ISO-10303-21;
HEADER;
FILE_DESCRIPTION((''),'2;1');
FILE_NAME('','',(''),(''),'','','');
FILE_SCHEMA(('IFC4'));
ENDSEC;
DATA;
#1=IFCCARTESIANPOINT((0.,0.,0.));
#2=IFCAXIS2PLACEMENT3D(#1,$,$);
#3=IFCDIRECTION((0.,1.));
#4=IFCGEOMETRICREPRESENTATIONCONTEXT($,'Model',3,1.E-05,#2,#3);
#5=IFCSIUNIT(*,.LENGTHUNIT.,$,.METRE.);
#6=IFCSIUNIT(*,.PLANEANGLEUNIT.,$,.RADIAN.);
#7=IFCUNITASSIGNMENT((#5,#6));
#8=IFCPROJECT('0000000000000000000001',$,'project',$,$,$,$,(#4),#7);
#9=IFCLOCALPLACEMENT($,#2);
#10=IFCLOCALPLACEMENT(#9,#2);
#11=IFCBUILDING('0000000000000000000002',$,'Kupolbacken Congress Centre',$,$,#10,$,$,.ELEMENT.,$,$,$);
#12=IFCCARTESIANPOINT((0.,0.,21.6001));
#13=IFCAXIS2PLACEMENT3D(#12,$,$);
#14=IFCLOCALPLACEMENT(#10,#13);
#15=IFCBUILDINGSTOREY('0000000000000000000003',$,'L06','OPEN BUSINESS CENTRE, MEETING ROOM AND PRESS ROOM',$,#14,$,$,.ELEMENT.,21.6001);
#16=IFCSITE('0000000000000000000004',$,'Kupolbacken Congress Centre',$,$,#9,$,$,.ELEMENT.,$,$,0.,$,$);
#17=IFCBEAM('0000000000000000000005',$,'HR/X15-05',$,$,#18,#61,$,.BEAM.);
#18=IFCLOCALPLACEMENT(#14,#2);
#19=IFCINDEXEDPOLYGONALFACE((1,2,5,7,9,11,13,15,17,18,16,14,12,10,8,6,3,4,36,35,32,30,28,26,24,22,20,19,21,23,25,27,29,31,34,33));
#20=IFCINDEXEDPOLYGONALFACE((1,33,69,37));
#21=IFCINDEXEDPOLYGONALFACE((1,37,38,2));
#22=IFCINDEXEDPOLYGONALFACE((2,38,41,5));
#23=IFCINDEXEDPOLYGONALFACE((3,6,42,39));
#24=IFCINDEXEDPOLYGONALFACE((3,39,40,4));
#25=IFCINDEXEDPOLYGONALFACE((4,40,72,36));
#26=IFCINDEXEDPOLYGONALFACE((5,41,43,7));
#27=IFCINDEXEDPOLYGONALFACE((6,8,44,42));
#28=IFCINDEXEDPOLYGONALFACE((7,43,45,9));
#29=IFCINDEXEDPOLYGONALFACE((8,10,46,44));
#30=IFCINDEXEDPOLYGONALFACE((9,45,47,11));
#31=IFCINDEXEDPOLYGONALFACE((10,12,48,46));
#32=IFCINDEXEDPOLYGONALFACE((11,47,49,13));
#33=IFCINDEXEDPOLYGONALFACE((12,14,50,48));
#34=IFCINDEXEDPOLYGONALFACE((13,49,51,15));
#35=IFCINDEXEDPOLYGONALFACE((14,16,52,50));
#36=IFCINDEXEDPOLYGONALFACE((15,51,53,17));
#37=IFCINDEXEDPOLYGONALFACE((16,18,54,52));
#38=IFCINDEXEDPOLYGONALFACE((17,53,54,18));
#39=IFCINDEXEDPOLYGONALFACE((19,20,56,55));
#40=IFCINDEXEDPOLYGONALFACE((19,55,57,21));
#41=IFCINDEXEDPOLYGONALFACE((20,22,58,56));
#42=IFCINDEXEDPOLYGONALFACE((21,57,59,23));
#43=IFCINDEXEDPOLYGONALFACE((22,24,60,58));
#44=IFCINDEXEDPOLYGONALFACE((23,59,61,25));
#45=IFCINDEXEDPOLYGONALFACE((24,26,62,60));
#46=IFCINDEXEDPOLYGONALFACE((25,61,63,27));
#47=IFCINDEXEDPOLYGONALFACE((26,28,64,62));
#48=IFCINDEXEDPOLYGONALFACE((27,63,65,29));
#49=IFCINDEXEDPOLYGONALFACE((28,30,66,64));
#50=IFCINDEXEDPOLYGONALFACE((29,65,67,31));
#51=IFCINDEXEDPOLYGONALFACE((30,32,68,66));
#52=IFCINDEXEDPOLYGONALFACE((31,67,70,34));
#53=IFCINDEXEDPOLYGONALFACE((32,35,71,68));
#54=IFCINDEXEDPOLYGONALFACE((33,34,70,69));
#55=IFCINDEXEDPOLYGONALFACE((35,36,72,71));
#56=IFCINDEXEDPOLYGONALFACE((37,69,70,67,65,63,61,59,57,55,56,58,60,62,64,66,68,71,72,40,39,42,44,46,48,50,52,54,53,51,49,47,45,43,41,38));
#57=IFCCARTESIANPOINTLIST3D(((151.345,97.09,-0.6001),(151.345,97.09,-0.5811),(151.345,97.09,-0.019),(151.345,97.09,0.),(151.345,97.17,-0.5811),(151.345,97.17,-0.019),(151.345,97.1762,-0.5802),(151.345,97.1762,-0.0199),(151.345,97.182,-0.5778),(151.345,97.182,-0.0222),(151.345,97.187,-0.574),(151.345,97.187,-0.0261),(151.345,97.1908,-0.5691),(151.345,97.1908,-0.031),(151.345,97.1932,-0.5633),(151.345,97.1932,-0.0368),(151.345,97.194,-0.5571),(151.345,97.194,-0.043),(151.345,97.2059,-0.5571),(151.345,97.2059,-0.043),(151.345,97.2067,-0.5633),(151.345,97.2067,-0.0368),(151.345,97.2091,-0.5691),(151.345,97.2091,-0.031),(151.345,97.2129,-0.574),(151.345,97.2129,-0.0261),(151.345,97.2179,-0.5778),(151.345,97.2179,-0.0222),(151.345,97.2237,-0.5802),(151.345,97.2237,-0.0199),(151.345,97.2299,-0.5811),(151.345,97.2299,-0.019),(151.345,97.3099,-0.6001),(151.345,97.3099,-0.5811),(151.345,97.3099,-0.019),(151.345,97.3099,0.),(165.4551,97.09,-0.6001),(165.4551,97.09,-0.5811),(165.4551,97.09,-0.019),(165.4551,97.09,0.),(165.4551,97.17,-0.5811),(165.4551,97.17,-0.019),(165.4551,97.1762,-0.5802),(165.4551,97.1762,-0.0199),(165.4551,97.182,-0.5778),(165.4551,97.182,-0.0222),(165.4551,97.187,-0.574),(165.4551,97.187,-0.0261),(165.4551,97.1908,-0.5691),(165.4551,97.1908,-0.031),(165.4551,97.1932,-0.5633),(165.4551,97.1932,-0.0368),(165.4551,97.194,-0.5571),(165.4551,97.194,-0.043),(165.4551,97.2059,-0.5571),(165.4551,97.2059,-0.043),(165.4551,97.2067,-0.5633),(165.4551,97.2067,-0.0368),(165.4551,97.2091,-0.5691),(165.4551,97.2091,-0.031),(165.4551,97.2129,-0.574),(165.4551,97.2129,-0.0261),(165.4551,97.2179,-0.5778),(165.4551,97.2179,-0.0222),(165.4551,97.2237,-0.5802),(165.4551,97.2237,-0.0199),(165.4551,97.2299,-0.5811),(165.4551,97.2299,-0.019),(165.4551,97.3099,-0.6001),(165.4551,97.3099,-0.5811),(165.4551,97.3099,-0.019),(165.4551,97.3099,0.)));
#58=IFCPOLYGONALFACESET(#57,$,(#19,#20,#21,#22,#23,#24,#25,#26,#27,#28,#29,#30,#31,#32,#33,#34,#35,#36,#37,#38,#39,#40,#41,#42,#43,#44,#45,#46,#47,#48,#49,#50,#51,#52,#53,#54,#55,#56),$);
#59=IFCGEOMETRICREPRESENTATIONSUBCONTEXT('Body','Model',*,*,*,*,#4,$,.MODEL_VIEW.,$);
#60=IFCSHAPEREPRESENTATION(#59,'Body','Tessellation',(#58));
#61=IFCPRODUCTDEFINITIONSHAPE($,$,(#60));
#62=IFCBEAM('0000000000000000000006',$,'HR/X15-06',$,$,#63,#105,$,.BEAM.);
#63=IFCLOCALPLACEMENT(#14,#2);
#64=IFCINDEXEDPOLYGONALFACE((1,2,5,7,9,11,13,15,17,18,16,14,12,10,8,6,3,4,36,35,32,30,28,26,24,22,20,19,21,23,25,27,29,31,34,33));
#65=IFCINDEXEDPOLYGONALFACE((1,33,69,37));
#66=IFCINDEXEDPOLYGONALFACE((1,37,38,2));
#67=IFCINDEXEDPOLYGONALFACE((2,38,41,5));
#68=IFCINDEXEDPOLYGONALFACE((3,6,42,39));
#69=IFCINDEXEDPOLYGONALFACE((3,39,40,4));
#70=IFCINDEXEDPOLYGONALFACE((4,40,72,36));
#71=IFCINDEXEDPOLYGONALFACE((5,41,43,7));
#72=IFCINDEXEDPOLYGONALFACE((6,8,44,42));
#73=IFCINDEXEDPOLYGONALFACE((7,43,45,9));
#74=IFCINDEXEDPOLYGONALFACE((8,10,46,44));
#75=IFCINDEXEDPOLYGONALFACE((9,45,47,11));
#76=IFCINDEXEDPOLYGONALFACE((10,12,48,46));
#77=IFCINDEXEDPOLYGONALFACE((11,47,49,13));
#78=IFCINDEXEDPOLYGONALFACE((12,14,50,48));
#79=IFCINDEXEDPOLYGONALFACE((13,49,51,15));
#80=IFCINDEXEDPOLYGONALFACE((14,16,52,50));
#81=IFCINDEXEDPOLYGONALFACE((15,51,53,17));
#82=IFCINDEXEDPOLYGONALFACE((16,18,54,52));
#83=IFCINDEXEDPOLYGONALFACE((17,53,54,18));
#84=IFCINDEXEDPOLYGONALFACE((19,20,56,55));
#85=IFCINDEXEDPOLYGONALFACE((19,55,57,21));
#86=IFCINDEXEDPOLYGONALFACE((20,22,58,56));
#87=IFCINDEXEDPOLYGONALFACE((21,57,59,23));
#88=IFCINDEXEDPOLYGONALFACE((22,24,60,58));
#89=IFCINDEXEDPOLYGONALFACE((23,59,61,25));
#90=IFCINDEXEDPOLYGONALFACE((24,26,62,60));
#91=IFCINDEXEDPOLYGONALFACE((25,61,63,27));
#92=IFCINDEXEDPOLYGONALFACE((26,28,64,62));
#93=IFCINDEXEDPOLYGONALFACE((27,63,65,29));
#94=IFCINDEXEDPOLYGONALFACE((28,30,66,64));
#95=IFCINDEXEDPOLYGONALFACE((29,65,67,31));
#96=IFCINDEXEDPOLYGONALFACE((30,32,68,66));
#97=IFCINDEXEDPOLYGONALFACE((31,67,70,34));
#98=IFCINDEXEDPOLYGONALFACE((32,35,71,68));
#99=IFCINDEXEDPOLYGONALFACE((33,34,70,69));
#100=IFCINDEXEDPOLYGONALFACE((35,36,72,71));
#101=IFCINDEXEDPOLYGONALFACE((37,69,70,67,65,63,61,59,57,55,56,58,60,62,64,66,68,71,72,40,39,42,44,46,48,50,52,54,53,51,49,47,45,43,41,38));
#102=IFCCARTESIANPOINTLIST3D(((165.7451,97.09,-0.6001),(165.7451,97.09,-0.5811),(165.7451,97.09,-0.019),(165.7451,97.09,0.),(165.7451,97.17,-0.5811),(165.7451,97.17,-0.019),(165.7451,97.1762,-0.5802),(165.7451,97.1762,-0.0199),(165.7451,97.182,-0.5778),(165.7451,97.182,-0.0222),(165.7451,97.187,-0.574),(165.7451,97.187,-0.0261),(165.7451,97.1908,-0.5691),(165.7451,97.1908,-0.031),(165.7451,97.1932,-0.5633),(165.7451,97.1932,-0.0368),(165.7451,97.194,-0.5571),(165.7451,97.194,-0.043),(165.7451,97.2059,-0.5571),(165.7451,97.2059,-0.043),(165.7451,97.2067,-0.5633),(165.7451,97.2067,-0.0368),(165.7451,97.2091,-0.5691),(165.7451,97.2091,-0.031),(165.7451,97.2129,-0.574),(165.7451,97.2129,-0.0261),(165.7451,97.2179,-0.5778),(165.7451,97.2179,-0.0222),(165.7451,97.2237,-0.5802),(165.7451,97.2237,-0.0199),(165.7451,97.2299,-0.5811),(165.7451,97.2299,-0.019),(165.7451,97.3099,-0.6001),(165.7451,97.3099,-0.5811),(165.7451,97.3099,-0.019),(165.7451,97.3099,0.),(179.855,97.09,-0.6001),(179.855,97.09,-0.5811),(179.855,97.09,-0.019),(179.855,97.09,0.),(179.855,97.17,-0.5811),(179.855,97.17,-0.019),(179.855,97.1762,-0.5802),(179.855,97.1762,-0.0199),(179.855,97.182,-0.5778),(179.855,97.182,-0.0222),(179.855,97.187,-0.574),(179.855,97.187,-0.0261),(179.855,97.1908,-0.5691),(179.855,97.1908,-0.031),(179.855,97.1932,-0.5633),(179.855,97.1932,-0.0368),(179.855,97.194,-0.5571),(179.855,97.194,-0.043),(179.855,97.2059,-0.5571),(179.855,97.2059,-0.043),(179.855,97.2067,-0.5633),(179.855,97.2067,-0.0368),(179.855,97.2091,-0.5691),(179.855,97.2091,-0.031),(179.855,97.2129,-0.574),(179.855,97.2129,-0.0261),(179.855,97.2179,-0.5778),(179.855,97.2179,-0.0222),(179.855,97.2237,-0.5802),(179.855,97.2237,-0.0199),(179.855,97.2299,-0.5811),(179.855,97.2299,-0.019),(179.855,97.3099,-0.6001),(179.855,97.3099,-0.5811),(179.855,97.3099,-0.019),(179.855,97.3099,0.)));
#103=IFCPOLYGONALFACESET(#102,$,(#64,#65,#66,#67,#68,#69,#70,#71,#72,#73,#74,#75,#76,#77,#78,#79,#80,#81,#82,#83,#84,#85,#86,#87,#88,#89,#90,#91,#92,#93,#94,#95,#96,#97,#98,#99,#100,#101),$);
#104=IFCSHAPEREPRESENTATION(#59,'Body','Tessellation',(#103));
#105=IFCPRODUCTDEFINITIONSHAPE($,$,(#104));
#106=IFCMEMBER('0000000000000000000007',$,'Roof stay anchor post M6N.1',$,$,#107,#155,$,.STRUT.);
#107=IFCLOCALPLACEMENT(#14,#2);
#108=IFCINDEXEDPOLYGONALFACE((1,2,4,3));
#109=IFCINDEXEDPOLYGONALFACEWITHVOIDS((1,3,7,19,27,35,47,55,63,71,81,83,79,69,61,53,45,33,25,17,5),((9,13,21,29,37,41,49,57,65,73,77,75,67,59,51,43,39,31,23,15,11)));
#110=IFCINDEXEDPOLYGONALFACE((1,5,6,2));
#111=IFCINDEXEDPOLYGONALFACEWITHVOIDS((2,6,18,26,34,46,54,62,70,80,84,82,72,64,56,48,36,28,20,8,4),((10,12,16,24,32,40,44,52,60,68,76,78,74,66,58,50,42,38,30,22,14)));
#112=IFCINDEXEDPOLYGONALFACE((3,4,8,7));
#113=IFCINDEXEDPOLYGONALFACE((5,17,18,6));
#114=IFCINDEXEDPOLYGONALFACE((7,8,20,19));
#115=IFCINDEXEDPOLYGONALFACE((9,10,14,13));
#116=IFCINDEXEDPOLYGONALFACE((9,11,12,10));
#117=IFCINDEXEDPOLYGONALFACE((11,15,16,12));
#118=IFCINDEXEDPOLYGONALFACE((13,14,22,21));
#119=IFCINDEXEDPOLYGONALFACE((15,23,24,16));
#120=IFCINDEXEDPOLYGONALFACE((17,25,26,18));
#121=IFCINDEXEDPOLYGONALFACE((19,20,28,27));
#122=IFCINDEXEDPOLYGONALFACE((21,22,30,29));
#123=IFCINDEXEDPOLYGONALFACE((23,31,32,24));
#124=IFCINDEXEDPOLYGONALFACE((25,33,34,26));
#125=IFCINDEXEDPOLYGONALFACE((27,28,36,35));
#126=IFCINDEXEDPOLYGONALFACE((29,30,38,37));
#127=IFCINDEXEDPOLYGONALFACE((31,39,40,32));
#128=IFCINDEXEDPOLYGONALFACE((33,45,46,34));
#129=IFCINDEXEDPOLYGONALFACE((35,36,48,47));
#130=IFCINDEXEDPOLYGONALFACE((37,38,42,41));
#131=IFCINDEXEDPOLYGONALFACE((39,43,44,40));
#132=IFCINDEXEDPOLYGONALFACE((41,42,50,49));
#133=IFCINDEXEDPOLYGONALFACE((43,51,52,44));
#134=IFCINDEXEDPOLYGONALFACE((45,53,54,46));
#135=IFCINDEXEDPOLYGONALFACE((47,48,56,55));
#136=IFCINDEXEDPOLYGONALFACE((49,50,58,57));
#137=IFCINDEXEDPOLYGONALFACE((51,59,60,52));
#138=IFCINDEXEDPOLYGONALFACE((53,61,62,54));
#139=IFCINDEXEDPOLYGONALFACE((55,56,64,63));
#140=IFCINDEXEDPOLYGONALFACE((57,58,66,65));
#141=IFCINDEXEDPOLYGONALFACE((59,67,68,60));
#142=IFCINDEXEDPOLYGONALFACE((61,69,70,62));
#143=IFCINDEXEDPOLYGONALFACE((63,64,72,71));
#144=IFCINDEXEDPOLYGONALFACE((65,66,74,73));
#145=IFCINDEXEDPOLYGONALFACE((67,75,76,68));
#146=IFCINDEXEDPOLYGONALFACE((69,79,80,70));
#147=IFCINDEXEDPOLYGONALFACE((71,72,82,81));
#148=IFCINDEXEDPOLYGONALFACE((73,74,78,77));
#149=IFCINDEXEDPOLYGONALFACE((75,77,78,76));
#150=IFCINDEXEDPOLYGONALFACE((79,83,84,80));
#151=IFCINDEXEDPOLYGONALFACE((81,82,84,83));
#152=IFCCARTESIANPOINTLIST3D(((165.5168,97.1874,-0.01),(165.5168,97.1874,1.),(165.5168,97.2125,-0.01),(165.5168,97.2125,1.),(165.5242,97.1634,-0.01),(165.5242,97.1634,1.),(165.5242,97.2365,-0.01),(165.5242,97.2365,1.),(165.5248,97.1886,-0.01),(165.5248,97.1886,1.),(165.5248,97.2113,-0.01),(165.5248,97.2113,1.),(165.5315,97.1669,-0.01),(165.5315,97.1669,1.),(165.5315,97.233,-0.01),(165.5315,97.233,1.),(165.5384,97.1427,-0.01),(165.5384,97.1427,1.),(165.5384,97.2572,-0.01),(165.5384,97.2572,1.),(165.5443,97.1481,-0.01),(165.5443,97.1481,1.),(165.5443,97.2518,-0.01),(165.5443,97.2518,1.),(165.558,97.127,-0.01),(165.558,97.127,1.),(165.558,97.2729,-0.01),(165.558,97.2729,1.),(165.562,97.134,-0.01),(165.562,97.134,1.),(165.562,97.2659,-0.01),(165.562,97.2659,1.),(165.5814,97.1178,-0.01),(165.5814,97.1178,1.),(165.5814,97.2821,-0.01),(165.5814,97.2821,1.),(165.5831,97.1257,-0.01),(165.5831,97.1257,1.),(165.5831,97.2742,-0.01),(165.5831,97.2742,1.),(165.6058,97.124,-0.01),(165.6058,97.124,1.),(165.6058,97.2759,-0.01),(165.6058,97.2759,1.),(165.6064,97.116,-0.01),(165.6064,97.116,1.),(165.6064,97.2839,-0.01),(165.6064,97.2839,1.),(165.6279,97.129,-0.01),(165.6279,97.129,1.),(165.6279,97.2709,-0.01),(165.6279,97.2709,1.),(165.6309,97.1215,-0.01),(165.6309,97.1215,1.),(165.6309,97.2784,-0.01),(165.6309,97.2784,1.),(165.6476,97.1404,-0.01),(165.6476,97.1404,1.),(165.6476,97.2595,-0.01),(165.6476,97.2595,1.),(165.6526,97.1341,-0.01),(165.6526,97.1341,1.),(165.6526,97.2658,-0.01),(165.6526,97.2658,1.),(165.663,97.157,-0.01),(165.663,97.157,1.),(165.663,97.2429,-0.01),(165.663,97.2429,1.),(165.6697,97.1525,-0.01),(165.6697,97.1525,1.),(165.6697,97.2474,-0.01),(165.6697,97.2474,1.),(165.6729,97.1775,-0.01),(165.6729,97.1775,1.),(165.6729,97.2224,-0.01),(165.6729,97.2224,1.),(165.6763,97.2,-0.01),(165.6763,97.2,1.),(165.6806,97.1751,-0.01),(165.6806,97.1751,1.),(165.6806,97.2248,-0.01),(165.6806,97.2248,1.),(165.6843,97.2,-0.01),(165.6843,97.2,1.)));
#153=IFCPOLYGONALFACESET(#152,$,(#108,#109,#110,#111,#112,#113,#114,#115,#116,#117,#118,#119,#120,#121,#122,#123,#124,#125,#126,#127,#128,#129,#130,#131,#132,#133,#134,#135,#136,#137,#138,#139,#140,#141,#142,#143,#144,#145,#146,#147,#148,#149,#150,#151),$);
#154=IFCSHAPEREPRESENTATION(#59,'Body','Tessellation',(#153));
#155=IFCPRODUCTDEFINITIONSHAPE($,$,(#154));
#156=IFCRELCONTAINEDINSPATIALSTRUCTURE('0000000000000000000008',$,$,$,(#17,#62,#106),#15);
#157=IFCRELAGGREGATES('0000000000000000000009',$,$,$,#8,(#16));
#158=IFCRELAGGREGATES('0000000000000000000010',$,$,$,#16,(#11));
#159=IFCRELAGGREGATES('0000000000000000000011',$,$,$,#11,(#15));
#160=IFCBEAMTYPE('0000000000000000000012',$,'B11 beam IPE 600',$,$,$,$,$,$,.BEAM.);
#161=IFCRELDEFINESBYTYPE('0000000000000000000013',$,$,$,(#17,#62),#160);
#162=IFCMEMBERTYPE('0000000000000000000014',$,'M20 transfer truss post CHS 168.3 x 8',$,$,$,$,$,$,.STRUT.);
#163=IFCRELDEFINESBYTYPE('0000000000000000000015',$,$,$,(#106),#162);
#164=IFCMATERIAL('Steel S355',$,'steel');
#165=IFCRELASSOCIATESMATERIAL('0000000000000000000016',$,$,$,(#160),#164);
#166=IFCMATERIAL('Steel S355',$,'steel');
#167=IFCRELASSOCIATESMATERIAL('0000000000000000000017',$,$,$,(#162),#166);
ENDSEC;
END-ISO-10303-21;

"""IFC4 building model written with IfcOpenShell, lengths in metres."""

from ifc_helpers import new_model, si_unit, direction, frame, origin, origin_2d, place, context, subcontext, project, spatial, hollow_circle, i_section, extrude, material, material_profile, profile_set, type_object, element, save


model = new_model("IFC4")

# Units and contexts
model_context = context("Model", 3, precision=1e-05, world=origin(), true_north=direction((0.0, 1.0)))
body_context = subcontext(model_context, "Body", "Model", "MODEL_VIEW")
ifc_project = project(units=[si_unit("LENGTHUNIT", "METRE"), si_unit("PLANEANGLEUNIT", "RADIAN")], contexts=[model_context])

# Site, building, storey
site_placement = place(None, origin())
site = spatial("IfcSite", under=ifc_project, at=site_placement, Name="Kupolbacken Congress Centre", CompositionType="ELEMENT", RefElevation=0.0)
building_placement = place(site_placement, origin())
building = spatial("IfcBuilding", under=site, at=building_placement, Name="Kupolbacken Congress Centre", CompositionType="ELEMENT")
storey_placement = place(building_placement, frame((0.0, 0.0, 21.6001)))
storey = spatial("IfcBuildingStorey", under=building, at=storey_placement, Name="L06", Description="OPEN BUSINESS CENTRE, MEETING ROOM AND PRESS ROOM", CompositionType="ELEMENT", Elevation=21.6001)

# Beams
ifc_material_1 = material(Name="Steel S355", Category="steel")
ifc_material_profile_1 = material_profile(ifc_material_1, i_section(OverallWidth=0.22, OverallDepth=0.6001, WebThickness=0.012, FlangeThickness=0.019, FilletRadius=0.0239, at=origin_2d()), Name="IPE 600")
ifc_profile_set_1 = profile_set([ifc_material_profile_1], Name="Steel S355")
beam_type_1 = type_object("IfcBeamType", Name="B11 beam IPE 600", PredefinedType="BEAM", material=ifc_profile_set_1)
beam_1_placement = place(storey_placement, frame((151.345, 97.2, -0.3), z_axis=(1.0, 0.0, 0.0), x_axis=(0.0, 1.0, 0.0)))
element("IfcBeam", 1, at=beam_1_placement, inside=storey, type_object=beam_type_1, Name="HR/X15-05", PredefinedType="BEAM", context=body_context, shape_type="SweptSolid", body=[
    extrude(i_section(OverallWidth=0.22, OverallDepth=0.6001, WebThickness=0.012, FlangeThickness=0.019, FilletRadius=0.0239, at=origin_2d()), origin(), (0.0, 0.0, 1.0), 14.1101),
])
beam_2_placement = place(storey_placement, frame((165.7451, 97.2, -0.3), z_axis=(1.0, 0.0, 0.0), x_axis=(0.0, 1.0, 0.0)))
element("IfcBeam", 2, at=beam_2_placement, inside=storey, type_object=beam_type_1, Name="HR/X15-06", PredefinedType="BEAM", context=body_context, shape_type="SweptSolid", body=[
    extrude(i_section(OverallWidth=0.22, OverallDepth=0.6001, WebThickness=0.012, FlangeThickness=0.019, FilletRadius=0.0239, at=origin_2d()), origin(), (0.0, 0.0, 1.0), 14.1099),
])

# Member
ifc_material_2 = material(Name="Steel S355", Category="steel")
ifc_material_profile_2 = material_profile(ifc_material_2, hollow_circle(Radius=0.0842, WallThickness=0.0081, at=origin_2d()), Name="CHS 168.3 x 8")
ifc_profile_set_2 = profile_set([ifc_material_profile_2], Name="Steel S355")
member_type_1 = type_object("IfcMemberType", Name="M20 transfer truss post CHS 168.3 x 8", PredefinedType="STRUT", material=ifc_profile_set_2)
member_placement = place(storey_placement, frame((165.6001, 97.2, -0.01), z_axis=(0.0, 0.0, 1.0), x_axis=(1.0, 0.0, 0.0)))
element("IfcMember", 3, at=member_placement, inside=storey, type_object=member_type_1, Name="Roof stay anchor post M6N.1", PredefinedType="STRUT", context=body_context, shape_type="SweptSolid", body=[
    extrude(hollow_circle(Radius=0.0842, WallThickness=0.0081, at=origin_2d()), origin(), (0.0, 0.0, 1.0), 1.01),
])

save(model, "model.ifc")
